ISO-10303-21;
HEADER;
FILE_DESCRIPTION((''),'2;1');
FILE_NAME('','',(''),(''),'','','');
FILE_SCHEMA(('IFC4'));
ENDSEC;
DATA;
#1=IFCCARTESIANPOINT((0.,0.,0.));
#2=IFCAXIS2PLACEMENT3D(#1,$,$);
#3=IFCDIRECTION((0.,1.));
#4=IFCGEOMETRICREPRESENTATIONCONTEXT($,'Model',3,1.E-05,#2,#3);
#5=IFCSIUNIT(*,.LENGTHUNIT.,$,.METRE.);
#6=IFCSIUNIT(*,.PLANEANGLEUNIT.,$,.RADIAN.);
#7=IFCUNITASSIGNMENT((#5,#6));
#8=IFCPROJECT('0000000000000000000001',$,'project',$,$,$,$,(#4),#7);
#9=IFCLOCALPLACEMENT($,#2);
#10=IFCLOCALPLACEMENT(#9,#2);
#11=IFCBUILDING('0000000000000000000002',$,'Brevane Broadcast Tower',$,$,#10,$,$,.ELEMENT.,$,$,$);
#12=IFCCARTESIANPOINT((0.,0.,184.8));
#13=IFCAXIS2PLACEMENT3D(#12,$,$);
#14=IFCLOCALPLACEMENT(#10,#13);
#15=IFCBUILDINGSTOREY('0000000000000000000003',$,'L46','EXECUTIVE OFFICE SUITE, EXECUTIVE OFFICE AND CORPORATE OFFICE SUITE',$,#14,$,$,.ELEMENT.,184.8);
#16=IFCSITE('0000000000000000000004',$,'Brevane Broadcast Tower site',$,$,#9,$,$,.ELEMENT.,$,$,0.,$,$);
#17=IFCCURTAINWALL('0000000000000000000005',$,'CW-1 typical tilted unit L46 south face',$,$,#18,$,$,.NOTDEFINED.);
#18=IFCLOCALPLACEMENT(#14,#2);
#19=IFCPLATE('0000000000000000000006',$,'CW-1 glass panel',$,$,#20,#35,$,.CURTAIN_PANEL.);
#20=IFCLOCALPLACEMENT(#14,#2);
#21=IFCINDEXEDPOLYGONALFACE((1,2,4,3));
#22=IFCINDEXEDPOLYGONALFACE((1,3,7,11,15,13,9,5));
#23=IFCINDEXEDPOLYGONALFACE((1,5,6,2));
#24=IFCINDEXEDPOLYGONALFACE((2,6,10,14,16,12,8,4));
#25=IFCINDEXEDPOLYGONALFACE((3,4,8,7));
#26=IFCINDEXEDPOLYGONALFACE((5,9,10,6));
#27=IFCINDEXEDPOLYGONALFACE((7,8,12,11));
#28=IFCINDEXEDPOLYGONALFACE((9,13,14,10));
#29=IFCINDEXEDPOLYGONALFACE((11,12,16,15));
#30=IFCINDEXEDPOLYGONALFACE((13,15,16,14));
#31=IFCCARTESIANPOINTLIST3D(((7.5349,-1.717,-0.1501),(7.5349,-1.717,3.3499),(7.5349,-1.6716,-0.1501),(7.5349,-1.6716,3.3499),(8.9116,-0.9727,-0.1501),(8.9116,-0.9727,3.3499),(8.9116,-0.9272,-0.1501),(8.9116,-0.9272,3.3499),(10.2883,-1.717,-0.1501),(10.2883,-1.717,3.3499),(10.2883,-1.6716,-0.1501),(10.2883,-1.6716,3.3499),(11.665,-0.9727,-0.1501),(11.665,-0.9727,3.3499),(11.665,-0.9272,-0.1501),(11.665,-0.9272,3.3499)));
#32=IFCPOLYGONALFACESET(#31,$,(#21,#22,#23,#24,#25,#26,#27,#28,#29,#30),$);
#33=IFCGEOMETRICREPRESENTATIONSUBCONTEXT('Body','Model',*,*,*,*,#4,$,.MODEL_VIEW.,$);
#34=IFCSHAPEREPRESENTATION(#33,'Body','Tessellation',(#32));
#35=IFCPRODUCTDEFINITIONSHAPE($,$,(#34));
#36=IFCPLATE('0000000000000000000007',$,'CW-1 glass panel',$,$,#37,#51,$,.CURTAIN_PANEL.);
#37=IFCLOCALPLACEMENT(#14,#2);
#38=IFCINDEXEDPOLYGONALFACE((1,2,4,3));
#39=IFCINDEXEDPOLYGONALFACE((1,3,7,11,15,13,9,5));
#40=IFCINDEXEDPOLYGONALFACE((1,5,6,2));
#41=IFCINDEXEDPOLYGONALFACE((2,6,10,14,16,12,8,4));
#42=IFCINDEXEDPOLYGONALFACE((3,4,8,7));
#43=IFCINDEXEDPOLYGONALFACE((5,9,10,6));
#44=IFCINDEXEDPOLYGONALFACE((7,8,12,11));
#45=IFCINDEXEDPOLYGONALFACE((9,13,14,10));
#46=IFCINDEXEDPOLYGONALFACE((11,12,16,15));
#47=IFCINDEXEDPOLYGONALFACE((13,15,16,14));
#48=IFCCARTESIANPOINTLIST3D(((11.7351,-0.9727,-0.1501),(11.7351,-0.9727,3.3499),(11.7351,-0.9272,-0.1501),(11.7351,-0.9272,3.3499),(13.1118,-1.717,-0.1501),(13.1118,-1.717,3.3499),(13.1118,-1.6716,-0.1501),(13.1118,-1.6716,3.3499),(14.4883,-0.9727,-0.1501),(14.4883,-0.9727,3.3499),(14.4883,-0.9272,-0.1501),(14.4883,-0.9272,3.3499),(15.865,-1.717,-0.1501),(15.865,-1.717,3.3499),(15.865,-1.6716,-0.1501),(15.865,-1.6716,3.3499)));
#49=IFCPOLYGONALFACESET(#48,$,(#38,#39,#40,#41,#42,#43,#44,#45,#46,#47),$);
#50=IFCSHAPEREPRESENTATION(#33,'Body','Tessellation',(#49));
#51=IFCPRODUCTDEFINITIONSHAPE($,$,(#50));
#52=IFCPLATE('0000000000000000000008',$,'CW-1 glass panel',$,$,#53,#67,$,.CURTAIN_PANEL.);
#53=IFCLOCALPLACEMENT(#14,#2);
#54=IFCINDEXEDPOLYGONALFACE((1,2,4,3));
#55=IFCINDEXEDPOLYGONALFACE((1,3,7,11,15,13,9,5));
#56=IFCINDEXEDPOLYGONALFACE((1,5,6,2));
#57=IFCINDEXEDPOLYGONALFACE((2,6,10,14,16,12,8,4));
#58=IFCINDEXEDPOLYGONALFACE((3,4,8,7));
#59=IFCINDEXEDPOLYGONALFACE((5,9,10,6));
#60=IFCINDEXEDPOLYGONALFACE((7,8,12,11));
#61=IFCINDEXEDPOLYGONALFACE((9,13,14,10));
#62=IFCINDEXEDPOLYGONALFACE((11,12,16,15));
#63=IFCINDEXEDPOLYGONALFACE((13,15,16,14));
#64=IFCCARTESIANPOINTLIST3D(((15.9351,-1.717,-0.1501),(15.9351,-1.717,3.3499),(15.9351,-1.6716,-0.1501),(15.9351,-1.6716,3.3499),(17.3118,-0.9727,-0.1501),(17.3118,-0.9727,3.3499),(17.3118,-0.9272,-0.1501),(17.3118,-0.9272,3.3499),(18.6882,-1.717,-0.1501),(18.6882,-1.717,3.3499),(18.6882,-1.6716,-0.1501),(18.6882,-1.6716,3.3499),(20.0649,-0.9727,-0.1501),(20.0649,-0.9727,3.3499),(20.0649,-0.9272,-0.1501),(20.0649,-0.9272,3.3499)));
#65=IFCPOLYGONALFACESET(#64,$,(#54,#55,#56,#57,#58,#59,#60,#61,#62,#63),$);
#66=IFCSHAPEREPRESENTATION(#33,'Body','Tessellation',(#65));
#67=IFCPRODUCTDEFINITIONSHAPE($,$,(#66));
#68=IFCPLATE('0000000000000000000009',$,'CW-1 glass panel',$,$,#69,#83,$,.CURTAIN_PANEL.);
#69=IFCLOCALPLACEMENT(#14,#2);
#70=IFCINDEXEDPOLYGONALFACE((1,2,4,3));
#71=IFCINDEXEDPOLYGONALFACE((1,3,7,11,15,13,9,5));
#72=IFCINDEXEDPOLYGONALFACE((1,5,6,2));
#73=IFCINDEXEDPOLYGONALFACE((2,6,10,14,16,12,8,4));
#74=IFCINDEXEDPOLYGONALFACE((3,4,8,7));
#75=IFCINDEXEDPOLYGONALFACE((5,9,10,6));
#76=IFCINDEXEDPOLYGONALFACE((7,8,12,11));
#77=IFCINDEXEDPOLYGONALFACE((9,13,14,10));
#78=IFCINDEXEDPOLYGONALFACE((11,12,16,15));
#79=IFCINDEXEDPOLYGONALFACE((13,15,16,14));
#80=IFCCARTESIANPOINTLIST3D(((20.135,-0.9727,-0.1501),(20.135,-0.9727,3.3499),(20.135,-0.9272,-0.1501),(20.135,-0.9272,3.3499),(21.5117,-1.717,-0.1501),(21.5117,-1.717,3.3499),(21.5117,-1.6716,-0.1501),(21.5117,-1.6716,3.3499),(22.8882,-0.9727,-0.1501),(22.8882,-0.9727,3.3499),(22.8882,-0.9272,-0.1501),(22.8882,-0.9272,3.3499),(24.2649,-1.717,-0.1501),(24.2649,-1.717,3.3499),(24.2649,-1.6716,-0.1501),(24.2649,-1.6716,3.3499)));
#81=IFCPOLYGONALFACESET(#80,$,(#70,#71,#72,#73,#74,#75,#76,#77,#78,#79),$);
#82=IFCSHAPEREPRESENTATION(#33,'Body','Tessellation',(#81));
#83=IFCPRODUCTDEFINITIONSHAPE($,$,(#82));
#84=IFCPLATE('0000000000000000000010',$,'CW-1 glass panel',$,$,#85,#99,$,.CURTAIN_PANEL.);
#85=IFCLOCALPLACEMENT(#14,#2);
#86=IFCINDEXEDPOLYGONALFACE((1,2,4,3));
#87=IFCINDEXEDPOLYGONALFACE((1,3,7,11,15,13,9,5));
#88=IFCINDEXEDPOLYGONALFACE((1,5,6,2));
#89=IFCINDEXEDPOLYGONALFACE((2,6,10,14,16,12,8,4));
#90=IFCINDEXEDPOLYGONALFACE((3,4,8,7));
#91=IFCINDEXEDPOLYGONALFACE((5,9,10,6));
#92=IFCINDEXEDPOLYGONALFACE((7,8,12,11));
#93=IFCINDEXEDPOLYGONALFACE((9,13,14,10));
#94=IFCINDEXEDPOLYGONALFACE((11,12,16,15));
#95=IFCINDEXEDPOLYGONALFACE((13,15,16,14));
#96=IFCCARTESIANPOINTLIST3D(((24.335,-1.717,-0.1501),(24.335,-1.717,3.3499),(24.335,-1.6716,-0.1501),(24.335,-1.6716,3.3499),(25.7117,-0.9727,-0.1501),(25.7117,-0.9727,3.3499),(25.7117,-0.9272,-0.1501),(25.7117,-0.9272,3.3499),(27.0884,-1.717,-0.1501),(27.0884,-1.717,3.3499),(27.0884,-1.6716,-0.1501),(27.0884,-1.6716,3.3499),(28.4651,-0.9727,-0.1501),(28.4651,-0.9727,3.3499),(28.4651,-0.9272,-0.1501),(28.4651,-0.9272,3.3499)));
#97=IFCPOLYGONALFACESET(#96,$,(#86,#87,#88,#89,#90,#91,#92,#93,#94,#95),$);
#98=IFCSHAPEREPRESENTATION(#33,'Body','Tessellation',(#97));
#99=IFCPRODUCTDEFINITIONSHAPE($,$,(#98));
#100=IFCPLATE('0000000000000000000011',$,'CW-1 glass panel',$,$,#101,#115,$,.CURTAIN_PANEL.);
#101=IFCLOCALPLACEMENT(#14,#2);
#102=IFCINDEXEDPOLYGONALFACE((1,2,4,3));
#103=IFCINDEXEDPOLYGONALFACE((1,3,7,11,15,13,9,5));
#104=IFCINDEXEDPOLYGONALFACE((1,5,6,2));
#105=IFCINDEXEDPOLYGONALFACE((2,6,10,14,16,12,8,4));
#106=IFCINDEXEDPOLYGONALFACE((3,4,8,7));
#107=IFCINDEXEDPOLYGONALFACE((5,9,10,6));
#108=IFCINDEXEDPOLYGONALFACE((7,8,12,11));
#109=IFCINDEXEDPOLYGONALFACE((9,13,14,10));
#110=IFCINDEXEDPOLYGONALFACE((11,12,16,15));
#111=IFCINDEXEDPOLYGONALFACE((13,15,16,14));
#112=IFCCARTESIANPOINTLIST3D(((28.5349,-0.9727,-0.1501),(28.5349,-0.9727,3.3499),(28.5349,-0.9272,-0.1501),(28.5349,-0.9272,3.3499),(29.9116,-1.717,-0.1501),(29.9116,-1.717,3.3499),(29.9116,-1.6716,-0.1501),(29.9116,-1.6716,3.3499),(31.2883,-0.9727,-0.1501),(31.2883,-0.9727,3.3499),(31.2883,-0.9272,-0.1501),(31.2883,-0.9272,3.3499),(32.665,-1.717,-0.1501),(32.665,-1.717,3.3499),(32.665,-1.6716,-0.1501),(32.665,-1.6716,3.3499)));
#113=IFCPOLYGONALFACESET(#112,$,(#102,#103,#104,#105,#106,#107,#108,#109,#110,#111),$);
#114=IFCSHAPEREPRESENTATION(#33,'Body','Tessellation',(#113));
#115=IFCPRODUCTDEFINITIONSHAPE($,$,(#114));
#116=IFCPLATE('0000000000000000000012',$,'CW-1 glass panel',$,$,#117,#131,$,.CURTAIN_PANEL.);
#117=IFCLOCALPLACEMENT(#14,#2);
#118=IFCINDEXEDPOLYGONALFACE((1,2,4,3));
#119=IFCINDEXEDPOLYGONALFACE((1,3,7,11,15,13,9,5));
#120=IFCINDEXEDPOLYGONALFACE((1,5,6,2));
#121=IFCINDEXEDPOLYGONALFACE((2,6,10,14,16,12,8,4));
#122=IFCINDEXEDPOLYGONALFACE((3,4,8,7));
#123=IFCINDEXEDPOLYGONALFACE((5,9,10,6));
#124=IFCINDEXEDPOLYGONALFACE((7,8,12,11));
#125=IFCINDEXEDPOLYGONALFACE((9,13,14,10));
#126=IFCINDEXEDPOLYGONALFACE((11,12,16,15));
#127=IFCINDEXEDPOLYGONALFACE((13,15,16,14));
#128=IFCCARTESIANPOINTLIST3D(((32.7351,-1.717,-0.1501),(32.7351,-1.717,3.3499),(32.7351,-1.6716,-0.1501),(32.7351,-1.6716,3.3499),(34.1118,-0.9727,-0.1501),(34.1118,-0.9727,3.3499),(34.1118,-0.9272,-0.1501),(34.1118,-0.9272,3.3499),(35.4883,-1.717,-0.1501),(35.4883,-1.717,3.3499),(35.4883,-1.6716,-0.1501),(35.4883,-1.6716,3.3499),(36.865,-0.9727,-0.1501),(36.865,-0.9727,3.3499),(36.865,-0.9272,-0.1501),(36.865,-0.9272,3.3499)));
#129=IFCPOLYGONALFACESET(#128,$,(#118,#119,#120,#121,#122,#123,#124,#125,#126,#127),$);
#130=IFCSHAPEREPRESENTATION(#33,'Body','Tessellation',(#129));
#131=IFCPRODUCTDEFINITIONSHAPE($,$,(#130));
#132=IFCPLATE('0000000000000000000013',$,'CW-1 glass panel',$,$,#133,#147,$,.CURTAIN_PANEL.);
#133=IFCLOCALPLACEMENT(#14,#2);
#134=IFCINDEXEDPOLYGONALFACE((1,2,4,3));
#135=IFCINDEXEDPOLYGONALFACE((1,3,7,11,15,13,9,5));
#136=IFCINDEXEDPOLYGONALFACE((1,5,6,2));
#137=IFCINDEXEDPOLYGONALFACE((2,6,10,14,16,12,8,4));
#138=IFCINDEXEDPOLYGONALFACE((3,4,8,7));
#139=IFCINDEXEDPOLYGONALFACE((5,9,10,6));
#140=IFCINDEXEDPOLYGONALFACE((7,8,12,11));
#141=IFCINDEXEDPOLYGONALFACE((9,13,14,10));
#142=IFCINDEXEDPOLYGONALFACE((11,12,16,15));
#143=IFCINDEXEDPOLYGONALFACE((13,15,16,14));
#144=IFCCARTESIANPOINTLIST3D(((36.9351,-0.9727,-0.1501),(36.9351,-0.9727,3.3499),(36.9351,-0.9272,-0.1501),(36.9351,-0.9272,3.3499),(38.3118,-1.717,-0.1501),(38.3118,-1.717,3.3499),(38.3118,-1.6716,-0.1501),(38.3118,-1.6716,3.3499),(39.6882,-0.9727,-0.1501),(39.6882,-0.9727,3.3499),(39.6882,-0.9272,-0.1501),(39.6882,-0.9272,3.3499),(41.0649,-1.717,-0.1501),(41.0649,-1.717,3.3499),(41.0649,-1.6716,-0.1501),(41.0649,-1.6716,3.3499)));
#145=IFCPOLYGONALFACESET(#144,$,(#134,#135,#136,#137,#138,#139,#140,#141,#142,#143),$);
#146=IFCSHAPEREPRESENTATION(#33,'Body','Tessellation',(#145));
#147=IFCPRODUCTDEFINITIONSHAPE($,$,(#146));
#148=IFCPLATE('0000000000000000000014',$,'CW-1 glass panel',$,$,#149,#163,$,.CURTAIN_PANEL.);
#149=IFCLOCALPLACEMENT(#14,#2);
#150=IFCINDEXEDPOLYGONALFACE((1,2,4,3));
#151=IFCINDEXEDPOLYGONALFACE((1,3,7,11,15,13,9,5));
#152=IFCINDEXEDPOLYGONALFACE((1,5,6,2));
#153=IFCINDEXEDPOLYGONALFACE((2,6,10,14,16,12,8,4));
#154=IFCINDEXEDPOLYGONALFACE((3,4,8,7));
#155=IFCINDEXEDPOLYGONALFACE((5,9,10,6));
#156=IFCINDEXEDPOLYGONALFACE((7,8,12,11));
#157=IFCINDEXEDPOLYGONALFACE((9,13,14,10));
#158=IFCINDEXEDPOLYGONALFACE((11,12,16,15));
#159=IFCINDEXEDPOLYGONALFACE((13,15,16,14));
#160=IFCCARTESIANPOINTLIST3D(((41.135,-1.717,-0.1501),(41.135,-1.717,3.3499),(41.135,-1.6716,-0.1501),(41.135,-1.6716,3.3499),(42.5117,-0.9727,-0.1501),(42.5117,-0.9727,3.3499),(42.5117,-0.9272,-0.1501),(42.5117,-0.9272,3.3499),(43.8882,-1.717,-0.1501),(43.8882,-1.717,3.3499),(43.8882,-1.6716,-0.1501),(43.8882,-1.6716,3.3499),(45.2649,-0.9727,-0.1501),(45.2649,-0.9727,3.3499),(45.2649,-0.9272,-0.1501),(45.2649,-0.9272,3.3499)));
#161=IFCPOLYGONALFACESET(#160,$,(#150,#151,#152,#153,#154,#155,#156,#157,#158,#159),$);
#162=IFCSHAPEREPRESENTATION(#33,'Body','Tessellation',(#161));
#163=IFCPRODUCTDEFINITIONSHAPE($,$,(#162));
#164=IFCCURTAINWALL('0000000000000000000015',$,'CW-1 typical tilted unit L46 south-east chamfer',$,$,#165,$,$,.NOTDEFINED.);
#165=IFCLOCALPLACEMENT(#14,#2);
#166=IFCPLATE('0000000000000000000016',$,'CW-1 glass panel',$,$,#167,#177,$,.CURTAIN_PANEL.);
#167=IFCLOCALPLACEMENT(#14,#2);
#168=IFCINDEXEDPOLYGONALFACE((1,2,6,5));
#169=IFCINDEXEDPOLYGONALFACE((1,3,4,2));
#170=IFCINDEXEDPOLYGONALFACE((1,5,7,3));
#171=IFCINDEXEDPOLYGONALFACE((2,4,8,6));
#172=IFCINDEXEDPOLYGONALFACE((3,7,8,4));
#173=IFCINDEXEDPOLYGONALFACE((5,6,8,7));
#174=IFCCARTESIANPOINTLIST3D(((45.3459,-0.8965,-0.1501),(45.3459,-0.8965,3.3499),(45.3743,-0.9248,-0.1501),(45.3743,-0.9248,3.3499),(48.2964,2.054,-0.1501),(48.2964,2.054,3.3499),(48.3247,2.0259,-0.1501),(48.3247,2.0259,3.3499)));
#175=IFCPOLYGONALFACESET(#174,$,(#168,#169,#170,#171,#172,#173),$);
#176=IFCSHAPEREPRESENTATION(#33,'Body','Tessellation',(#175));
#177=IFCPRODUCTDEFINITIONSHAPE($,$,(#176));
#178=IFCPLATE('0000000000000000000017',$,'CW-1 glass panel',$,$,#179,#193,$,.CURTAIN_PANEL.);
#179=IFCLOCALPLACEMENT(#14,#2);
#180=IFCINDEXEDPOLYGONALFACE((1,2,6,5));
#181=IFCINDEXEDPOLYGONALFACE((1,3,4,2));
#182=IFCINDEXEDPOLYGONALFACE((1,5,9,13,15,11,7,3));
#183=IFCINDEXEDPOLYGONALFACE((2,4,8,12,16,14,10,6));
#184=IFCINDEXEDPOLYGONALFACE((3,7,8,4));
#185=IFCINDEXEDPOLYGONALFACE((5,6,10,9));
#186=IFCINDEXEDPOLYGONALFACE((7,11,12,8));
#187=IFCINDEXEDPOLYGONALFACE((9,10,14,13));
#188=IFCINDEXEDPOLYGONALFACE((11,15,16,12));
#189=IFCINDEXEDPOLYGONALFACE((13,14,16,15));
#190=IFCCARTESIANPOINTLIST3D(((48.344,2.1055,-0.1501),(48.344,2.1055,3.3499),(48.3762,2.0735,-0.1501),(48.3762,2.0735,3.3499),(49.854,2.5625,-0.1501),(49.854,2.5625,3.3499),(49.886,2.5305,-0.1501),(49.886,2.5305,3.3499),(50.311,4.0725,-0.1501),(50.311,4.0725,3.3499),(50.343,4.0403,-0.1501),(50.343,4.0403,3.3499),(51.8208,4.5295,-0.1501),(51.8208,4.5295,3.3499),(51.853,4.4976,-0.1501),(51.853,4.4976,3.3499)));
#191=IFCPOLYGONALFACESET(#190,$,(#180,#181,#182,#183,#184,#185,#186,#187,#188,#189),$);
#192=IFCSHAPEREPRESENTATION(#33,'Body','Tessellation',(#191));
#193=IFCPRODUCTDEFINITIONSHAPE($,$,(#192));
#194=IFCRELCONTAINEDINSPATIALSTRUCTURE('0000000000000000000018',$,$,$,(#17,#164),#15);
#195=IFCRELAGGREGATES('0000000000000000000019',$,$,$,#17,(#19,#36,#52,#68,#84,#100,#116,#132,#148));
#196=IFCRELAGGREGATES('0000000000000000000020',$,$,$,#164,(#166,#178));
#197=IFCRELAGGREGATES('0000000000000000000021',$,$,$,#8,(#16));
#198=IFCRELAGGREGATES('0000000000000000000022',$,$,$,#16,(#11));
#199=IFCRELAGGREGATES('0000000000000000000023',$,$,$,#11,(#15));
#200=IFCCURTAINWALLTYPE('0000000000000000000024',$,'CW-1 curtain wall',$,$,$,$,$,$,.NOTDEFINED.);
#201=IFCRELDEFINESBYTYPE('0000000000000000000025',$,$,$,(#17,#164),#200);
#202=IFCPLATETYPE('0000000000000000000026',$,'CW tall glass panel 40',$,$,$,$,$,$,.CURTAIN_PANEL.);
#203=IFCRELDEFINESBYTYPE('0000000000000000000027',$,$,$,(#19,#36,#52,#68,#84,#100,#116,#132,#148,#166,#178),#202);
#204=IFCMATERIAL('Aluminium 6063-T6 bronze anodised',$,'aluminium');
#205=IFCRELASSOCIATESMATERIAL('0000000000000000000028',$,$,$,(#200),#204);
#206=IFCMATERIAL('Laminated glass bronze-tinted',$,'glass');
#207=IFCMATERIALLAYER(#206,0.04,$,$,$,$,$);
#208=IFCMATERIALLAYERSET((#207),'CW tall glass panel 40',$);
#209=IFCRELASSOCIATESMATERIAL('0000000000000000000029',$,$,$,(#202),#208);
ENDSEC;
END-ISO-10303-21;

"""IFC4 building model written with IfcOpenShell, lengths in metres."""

from ifc_helpers import new_model, si_unit, direction, frame, origin, place, context, subcontext, project, spatial, polyline, outline, extrude, material, layer, layer_set, type_object, element, aggregate, save


model = new_model("IFC4")

# Units and contexts
model_context = context("Model", 3, precision=1e-05, world=origin(), true_north=direction((0.0, 1.0)))
body_context = subcontext(model_context, "Body", "Model", "MODEL_VIEW")
ifc_project = project(units=[si_unit("LENGTHUNIT", "METRE"), si_unit("PLANEANGLEUNIT", "RADIAN")], contexts=[model_context])

# Site, building, storey
site_placement = place(None, origin())
site = spatial("IfcSite", under=ifc_project, at=site_placement, Name="Brevane Broadcast Tower site", CompositionType="ELEMENT", RefElevation=0.0)
building_placement = place(site_placement, origin())
building = spatial("IfcBuilding", under=site, at=building_placement, Name="Brevane Broadcast Tower", CompositionType="ELEMENT")
storey_placement = place(building_placement, frame((0.0, 0.0, 184.8)))
storey = spatial("IfcBuildingStorey", under=building, at=storey_placement, Name="L46", Description="EXECUTIVE OFFICE SUITE, EXECUTIVE OFFICE AND CORPORATE OFFICE SUITE", CompositionType="ELEMENT", Elevation=184.8)

# Curtain walls, plates
ifc_material_1 = material(Name="Aluminium 6063-T6 bronze anodised", Category="aluminium")
curtain_wall_type = type_object("IfcCurtainWallType", Name="CW-1 curtain wall", PredefinedType="NOTDEFINED", material=ifc_material_1)
curtain_wall_1_placement = place(storey_placement, origin())
curtain_wall_1 = element("IfcCurtainWall", 1, at=curtain_wall_1_placement, inside=storey, type_object=curtain_wall_type, Name="CW-1 typical tilted unit L46 south face", PredefinedType="NOTDEFINED")
ifc_material_2 = material(Name="Laminated glass bronze-tinted", Category="glass")
ifc_layer = layer(ifc_material_2, 0.04)
ifc_layer_set = layer_set([ifc_layer], Name="CW tall glass panel 40")
plate_type = type_object("IfcPlateType", Name="CW tall glass panel 40", PredefinedType="CURTAIN_PANEL", material=ifc_layer_set)
plate_1_placement = place(storey_placement, frame((0.0, 0.0, -0.1501)))
plate_1 = element("IfcPlate", 2, at=plate_1_placement, type_object=plate_type, Name="CW-1 glass panel", PredefinedType="CURTAIN_PANEL", context=body_context, shape_type="SweptSolid", body=[
    extrude(outline(polyline([(7.5349, -1.6716), (7.5349, -1.717), (8.9116, -0.9727), (10.2883, -1.717), (11.665, -0.9727), (11.665, -0.9272), (10.2883, -1.6716), (8.9116, -0.9272), (7.5349, -1.6716)])), origin(), (0.0, 0.0, 1.0), 3.5),
])
plate_2_placement = place(storey_placement, frame((0.0, 0.0, -0.1501)))
plate_2 = element("IfcPlate", 3, at=plate_2_placement, type_object=plate_type, Name="CW-1 glass panel", PredefinedType="CURTAIN_PANEL", context=body_context, shape_type="SweptSolid", body=[
    extrude(outline(polyline([(11.7351, -0.9272), (11.7351, -0.9727), (13.1118, -1.717), (14.4883, -0.9727), (15.865, -1.717), (15.865, -1.6716), (14.4883, -0.9272), (13.1118, -1.6716), (11.7351, -0.9272)])), origin(), (0.0, 0.0, 1.0), 3.5),
])
plate_3_placement = place(storey_placement, frame((0.0, 0.0, -0.1501)))
plate_3 = element("IfcPlate", 4, at=plate_3_placement, type_object=plate_type, Name="CW-1 glass panel", PredefinedType="CURTAIN_PANEL", context=body_context, shape_type="SweptSolid", body=[
    extrude(outline(polyline([(15.9351, -1.6716), (15.9351, -1.717), (17.3118, -0.9727), (18.6882, -1.717), (20.0649, -0.9727), (20.0649, -0.9272), (18.6882, -1.6716), (17.3118, -0.9272), (15.9351, -1.6716)])), origin(), (0.0, 0.0, 1.0), 3.5),
])
plate_4_placement = place(storey_placement, frame((0.0, 0.0, -0.1501)))
plate_4 = element("IfcPlate", 5, at=plate_4_placement, type_object=plate_type, Name="CW-1 glass panel", PredefinedType="CURTAIN_PANEL", context=body_context, shape_type="SweptSolid", body=[
    extrude(outline(polyline([(20.135, -0.9272), (20.135, -0.9727), (21.5117, -1.717), (22.8882, -0.9727), (24.2649, -1.717), (24.2649, -1.6716), (22.8882, -0.9272), (21.5117, -1.6716), (20.135, -0.9272)])), origin(), (0.0, 0.0, 1.0), 3.5),
])
plate_5_placement = place(storey_placement, frame((0.0, 0.0, -0.1501)))
plate_5 = element("IfcPlate", 6, at=plate_5_placement, type_object=plate_type, Name="CW-1 glass panel", PredefinedType="CURTAIN_PANEL", context=body_context, shape_type="SweptSolid", body=[
    extrude(outline(polyline([(24.335, -1.6716), (24.335, -1.717), (25.7117, -0.9727), (27.0884, -1.717), (28.4651, -0.9727), (28.4651, -0.9272), (27.0884, -1.6716), (25.7117, -0.9272), (24.335, -1.6716)])), origin(), (0.0, 0.0, 1.0), 3.5),
])
plate_6_placement = place(storey_placement, frame((0.0, 0.0, -0.1501)))
plate_6 = element("IfcPlate", 7, at=plate_6_placement, type_object=plate_type, Name="CW-1 glass panel", PredefinedType="CURTAIN_PANEL", context=body_context, shape_type="SweptSolid", body=[
    extrude(outline(polyline([(28.5349, -0.9272), (28.5349, -0.9727), (29.9116, -1.717), (31.2883, -0.9727), (32.665, -1.717), (32.665, -1.6716), (31.2883, -0.9272), (29.9116, -1.6716), (28.5349, -0.9272)])), origin(), (0.0, 0.0, 1.0), 3.5),
])
plate_7_placement = place(storey_placement, frame((0.0, 0.0, -0.1501)))
plate_7 = element("IfcPlate", 8, at=plate_7_placement, type_object=plate_type, Name="CW-1 glass panel", PredefinedType="CURTAIN_PANEL", context=body_context, shape_type="SweptSolid", body=[
    extrude(outline(polyline([(32.7351, -1.6716), (32.7351, -1.717), (34.1118, -0.9727), (35.4883, -1.717), (36.865, -0.9727), (36.865, -0.9272), (35.4883, -1.6716), (34.1118, -0.9272), (32.7351, -1.6716)])), origin(), (0.0, 0.0, 1.0), 3.5),
])
plate_8_placement = place(storey_placement, frame((0.0, 0.0, -0.1501)))
plate_8 = element("IfcPlate", 9, at=plate_8_placement, type_object=plate_type, Name="CW-1 glass panel", PredefinedType="CURTAIN_PANEL", context=body_context, shape_type="SweptSolid", body=[
    extrude(outline(polyline([(36.9351, -0.9272), (36.9351, -0.9727), (38.3118, -1.717), (39.6882, -0.9727), (41.0649, -1.717), (41.0649, -1.6716), (39.6882, -0.9272), (38.3118, -1.6716), (36.9351, -0.9272)])), origin(), (0.0, 0.0, 1.0), 3.5),
])
plate_9_placement = place(storey_placement, frame((0.0, 0.0, -0.1501)))
plate_9 = element("IfcPlate", 10, at=plate_9_placement, type_object=plate_type, Name="CW-1 glass panel", PredefinedType="CURTAIN_PANEL", context=body_context, shape_type="SweptSolid", body=[
    extrude(outline(polyline([(41.135, -1.6716), (41.135, -1.717), (42.5117, -0.9727), (43.8882, -1.717), (45.2649, -0.9727), (45.2649, -0.9272), (43.8882, -1.6716), (42.5117, -0.9272), (41.135, -1.6716)])), origin(), (0.0, 0.0, 1.0), 3.5),
])
aggregate(curtain_wall_1, [plate_1, plate_2, plate_3, plate_4, plate_5, plate_6, plate_7, plate_8, plate_9])
curtain_wall_2_placement = place(storey_placement, origin())
curtain_wall_2 = element("IfcCurtainWall", 11, at=curtain_wall_2_placement, inside=storey, type_object=curtain_wall_type, Name="CW-1 typical tilted unit L46 south-east chamfer", PredefinedType="NOTDEFINED")
plate_10_placement = place(storey_placement, frame((0.0, 0.0, -0.1501)))
plate_10 = element("IfcPlate", 12, at=plate_10_placement, type_object=plate_type, Name="CW-1 glass panel", PredefinedType="CURTAIN_PANEL", context=body_context, shape_type="SweptSolid", body=[
    extrude(outline(polyline([(45.3459, -0.8965), (48.2964, 2.054), (48.3247, 2.0259), (45.3743, -0.9248), (45.3459, -0.8965)])), origin(), (0.0, 0.0, 1.0), 3.5),
])
plate_11_placement = place(storey_placement, frame((0.0, 0.0, -0.1501)))
plate_11 = element("IfcPlate", 13, at=plate_11_placement, type_object=plate_type, Name="CW-1 glass panel", PredefinedType="CURTAIN_PANEL", context=body_context, shape_type="SweptSolid", body=[
    extrude(outline(polyline([(48.344, 2.1055), (48.3762, 2.0735), (49.886, 2.5305), (50.343, 4.0403), (51.853, 4.4976), (51.8208, 4.5295), (50.311, 4.0725), (49.854, 2.5625), (48.344, 2.1055)])), origin(), (0.0, 0.0, 1.0), 3.5),
])
aggregate(curtain_wall_2, [plate_10, plate_11])

save(model, "model.ifc")
